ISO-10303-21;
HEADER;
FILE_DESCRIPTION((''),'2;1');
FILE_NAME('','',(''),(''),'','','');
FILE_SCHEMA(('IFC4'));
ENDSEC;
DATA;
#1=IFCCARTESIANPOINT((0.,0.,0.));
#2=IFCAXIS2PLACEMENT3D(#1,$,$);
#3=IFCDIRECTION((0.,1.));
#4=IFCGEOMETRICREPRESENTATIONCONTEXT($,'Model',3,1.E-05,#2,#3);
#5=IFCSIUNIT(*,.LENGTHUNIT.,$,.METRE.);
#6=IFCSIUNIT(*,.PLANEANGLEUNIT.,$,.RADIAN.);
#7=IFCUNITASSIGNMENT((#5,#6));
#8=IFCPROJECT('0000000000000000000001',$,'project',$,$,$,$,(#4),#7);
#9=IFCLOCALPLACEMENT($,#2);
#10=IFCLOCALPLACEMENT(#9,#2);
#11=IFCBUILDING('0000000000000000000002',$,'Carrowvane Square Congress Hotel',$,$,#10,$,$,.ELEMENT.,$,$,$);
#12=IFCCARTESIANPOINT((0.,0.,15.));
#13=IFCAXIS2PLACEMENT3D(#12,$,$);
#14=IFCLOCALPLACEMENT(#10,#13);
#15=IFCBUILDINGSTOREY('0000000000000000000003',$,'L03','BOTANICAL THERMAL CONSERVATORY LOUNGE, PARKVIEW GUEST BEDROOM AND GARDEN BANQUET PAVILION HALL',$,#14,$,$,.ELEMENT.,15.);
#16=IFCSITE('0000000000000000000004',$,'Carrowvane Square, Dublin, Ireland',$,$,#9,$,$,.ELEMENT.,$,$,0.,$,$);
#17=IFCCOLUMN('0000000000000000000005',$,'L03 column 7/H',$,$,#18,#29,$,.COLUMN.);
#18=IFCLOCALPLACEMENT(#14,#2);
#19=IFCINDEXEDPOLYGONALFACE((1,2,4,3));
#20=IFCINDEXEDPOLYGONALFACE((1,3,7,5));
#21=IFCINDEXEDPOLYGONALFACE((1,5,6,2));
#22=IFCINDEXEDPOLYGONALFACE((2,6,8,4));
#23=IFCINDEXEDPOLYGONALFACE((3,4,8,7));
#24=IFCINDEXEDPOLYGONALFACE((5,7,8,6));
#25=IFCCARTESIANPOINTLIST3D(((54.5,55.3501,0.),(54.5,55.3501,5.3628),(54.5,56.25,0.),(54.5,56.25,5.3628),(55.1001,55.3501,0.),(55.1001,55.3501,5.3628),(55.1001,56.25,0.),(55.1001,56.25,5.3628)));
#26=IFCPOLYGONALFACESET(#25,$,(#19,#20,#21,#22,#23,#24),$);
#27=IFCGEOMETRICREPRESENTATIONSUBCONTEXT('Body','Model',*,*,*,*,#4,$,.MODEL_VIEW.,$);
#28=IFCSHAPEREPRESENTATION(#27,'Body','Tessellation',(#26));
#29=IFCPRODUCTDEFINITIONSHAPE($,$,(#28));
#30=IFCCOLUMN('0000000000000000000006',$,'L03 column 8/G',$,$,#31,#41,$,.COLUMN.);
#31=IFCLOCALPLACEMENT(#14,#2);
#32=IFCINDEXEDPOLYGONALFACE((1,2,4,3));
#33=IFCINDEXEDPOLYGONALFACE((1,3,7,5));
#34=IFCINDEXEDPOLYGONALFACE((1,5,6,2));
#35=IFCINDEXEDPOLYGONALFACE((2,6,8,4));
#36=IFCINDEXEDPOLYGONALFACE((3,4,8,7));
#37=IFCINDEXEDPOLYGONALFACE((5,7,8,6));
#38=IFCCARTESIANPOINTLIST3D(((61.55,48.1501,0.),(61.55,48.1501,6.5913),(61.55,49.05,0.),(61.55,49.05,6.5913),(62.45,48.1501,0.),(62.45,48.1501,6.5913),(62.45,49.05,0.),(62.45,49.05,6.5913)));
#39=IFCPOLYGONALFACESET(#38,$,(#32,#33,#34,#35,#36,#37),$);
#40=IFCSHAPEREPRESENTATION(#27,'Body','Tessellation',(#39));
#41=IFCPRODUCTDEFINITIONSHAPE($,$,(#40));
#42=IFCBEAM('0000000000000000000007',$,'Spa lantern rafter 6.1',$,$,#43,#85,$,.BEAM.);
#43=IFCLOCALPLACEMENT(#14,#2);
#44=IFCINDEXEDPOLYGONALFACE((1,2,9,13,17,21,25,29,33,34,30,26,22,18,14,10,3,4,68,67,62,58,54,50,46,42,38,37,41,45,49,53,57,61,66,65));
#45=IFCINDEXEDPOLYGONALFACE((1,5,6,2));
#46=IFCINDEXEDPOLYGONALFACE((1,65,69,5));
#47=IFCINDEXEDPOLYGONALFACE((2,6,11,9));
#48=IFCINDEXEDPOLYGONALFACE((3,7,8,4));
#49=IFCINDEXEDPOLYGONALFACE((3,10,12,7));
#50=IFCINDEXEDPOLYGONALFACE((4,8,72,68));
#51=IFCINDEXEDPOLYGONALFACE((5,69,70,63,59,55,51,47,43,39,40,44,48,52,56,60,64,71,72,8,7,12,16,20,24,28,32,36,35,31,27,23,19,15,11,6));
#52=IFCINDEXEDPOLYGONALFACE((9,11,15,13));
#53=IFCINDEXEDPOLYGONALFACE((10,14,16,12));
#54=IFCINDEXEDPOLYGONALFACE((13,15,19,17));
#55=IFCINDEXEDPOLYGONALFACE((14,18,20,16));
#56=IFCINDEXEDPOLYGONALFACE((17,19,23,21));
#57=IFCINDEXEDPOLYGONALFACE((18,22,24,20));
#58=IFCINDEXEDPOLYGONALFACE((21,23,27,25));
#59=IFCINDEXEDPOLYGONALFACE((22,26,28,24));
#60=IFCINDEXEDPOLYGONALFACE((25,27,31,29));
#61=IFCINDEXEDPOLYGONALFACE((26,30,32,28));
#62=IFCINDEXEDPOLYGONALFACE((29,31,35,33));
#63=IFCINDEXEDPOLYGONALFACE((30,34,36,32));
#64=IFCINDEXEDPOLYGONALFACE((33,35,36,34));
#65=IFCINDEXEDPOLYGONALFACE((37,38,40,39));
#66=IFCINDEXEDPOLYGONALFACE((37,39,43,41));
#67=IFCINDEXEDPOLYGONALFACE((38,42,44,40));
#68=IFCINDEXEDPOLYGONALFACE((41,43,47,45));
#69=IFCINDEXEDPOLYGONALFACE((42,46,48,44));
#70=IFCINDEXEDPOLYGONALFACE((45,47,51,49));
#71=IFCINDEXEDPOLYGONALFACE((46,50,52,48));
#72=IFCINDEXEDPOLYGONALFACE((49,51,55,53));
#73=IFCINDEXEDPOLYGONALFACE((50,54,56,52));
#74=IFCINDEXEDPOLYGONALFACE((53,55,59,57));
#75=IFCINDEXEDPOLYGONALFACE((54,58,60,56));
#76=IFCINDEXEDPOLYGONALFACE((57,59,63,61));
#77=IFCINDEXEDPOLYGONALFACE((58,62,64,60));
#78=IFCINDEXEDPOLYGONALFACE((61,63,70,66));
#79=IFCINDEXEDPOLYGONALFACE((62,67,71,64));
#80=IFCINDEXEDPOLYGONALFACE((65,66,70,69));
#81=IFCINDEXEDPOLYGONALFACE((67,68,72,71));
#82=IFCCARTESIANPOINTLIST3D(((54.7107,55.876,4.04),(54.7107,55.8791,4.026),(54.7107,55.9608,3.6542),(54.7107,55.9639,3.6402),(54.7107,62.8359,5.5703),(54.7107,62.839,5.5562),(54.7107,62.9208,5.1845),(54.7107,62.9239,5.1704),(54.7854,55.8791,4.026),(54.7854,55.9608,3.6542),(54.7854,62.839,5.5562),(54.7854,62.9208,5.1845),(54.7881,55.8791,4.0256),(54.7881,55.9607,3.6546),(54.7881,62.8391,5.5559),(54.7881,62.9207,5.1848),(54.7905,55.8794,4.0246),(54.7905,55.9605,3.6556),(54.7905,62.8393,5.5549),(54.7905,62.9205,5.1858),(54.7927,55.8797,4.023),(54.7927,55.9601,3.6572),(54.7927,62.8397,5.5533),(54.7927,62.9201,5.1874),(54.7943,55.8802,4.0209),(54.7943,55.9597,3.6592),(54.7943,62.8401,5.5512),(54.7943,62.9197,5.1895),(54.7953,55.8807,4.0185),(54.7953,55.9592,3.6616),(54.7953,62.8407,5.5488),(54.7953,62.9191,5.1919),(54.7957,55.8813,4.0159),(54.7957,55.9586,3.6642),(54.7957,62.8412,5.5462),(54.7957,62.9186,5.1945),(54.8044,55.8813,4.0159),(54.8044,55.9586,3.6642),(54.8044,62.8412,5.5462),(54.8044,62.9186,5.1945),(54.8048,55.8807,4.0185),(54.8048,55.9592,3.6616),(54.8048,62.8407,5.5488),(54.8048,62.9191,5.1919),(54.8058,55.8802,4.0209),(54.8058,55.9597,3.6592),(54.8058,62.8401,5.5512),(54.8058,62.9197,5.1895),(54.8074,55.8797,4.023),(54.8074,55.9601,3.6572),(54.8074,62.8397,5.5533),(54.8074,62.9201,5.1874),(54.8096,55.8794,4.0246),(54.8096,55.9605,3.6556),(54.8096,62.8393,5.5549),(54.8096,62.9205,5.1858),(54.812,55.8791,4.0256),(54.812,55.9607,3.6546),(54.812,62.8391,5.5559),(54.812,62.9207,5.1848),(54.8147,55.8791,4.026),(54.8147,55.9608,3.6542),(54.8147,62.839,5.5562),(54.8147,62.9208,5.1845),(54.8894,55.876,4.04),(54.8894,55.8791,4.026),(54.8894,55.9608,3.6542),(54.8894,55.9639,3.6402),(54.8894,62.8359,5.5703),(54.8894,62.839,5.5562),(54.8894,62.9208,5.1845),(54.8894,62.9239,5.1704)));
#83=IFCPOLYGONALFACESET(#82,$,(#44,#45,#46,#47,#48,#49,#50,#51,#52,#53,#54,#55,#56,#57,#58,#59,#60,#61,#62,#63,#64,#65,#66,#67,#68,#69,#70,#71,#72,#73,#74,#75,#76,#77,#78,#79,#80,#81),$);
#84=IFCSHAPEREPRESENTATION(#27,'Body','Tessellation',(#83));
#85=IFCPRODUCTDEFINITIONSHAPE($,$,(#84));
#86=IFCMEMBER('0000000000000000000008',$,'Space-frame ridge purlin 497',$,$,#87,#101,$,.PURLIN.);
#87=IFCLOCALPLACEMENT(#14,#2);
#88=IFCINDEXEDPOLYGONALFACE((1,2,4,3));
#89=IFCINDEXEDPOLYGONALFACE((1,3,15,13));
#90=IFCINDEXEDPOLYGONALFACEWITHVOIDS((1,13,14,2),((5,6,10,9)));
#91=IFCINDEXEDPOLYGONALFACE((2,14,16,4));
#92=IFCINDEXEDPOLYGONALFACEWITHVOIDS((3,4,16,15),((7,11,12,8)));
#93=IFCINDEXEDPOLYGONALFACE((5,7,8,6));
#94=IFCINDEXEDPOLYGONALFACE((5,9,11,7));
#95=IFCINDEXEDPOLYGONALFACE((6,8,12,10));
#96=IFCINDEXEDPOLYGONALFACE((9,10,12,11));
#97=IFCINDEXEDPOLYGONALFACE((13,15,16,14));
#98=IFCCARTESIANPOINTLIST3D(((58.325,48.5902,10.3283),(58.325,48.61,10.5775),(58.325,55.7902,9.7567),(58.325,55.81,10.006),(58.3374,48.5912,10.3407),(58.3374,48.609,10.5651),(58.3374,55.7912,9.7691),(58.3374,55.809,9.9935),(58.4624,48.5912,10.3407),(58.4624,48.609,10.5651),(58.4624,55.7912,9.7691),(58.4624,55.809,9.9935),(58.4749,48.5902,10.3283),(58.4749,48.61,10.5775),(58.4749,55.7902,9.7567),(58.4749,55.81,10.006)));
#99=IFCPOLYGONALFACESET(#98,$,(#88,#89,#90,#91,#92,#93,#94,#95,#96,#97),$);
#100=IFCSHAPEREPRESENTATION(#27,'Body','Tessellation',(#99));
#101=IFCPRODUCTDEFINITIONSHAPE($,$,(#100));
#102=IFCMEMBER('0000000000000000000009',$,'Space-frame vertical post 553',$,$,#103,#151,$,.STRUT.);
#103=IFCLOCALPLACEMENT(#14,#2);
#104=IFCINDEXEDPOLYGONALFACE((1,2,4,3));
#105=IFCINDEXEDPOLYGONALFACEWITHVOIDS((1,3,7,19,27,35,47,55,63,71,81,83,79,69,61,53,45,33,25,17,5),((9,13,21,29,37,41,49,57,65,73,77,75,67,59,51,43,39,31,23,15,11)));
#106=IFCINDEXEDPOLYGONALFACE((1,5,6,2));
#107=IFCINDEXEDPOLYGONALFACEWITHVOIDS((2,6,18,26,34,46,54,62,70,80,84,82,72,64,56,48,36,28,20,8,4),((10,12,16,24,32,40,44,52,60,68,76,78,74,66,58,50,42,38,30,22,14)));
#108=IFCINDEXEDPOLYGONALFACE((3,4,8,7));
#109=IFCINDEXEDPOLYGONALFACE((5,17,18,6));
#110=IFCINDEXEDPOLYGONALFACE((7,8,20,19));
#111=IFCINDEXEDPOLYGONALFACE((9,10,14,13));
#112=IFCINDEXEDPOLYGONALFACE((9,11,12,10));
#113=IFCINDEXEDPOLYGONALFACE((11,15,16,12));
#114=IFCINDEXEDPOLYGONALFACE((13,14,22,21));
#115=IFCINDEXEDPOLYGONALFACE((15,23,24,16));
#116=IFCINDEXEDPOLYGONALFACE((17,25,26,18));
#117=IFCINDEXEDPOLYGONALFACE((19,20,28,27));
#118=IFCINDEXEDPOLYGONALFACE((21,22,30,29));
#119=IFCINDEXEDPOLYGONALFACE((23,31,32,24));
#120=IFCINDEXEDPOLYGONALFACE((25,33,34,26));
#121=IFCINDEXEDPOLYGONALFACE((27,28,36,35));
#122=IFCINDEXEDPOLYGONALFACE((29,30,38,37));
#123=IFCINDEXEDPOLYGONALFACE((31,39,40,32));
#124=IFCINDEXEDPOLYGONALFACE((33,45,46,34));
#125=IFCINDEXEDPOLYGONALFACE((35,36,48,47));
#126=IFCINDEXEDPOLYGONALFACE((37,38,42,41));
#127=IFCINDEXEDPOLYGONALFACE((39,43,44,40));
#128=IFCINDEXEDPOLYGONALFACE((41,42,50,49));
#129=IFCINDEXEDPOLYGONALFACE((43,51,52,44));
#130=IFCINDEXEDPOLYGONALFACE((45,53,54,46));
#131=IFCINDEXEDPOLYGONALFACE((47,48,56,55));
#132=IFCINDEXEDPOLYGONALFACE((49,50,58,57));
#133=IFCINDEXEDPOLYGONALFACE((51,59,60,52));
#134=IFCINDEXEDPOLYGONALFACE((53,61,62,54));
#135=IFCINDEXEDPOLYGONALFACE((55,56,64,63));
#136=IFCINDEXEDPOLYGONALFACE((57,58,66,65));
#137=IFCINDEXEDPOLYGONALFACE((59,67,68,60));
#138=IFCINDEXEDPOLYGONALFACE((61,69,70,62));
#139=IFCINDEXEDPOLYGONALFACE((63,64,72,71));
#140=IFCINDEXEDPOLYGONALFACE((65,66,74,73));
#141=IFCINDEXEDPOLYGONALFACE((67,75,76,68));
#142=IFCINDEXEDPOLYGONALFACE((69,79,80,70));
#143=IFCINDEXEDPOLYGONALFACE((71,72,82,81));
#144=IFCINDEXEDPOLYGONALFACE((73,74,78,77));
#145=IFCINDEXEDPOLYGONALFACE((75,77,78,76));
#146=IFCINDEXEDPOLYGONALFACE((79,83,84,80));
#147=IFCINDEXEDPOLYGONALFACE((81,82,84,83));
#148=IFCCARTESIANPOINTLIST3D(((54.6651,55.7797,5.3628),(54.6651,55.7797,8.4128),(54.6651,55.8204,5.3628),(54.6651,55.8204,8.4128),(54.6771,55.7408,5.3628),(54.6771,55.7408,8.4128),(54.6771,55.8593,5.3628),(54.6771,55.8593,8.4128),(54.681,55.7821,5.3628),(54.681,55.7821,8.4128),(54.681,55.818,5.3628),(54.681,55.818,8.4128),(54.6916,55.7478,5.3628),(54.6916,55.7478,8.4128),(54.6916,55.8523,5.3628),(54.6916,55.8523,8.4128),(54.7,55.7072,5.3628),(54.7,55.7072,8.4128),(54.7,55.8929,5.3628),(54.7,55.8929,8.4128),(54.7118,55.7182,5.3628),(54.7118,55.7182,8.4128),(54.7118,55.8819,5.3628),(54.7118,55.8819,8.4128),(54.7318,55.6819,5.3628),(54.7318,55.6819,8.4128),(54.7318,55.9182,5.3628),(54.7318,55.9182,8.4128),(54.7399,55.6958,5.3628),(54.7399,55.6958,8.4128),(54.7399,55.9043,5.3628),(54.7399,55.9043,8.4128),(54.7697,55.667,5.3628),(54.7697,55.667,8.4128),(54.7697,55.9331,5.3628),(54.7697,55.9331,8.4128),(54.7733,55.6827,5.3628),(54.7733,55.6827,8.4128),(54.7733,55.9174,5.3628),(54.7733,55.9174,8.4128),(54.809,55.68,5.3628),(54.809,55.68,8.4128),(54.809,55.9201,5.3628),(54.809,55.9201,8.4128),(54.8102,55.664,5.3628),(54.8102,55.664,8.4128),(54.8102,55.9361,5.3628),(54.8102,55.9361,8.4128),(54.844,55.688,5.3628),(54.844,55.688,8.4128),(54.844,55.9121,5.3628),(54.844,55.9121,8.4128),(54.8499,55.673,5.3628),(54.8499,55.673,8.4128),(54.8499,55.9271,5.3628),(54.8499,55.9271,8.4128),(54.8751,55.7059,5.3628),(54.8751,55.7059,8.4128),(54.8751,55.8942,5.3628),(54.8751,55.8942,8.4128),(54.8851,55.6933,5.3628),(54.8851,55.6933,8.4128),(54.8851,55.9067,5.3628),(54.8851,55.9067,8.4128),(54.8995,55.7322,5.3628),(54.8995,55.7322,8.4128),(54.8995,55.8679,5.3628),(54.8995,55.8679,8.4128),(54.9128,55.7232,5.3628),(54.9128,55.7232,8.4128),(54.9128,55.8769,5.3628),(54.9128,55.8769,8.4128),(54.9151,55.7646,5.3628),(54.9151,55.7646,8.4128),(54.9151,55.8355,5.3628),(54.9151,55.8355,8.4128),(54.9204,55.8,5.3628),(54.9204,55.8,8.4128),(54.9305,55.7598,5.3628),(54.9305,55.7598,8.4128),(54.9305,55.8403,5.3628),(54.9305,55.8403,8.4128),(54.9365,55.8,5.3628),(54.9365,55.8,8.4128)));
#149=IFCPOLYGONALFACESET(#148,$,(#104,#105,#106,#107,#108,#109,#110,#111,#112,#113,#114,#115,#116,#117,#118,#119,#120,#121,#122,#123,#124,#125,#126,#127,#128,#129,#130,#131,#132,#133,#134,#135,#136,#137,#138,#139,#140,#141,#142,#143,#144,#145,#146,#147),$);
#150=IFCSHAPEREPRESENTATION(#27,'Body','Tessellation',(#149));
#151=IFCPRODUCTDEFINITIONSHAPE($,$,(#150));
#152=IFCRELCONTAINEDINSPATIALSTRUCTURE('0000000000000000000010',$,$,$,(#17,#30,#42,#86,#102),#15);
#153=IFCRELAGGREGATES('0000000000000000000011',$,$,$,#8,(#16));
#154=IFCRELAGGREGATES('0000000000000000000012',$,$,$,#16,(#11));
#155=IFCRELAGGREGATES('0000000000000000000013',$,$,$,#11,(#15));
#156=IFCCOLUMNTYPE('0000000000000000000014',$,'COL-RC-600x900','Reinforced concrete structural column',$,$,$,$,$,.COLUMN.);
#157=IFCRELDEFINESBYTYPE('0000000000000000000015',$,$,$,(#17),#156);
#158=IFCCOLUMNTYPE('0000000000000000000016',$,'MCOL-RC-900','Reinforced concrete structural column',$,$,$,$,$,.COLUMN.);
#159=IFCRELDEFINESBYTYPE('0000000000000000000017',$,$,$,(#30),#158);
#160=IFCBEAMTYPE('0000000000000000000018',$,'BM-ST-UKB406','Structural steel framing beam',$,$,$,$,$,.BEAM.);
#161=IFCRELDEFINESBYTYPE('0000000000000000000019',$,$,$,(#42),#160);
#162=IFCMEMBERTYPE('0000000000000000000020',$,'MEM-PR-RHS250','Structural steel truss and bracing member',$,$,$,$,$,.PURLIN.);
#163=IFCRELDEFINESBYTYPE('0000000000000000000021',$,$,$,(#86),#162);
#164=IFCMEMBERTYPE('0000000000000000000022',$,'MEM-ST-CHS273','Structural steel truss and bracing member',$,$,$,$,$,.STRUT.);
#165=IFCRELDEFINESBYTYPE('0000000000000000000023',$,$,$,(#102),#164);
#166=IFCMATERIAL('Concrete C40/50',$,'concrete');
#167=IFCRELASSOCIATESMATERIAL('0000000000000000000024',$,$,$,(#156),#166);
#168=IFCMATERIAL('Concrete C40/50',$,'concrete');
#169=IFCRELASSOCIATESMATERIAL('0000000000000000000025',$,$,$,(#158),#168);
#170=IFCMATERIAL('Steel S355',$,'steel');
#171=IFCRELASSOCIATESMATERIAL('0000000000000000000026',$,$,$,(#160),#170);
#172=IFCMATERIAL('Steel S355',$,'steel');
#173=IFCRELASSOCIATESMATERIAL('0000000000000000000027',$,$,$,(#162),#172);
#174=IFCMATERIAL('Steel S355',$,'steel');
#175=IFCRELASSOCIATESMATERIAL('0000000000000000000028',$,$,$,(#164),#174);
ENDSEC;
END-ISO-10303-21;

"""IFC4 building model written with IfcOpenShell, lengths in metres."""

from ifc_helpers import new_model, si_unit, direction, frame, origin, origin_2d, place, context, subcontext, project, spatial, rectangle, hollow_rectangle, hollow_circle, i_section, extrude, material, material_profile, profile_set, type_object, element, save


model = new_model("IFC4")

# Units and contexts
model_context = context("Model", 3, precision=1e-05, world=origin(), true_north=direction((0.0, 1.0)))
body_context = subcontext(model_context, "Body", "Model", "MODEL_VIEW")
ifc_project = project(units=[si_unit("LENGTHUNIT", "METRE"), si_unit("PLANEANGLEUNIT", "RADIAN")], contexts=[model_context])

# Site, building, storey
site_placement = place(None, origin())
site = spatial("IfcSite", under=ifc_project, at=site_placement, Name="Carrowvane Square, Dublin, Ireland", CompositionType="ELEMENT", RefElevation=0.0)
building_placement = place(site_placement, origin())
building = spatial("IfcBuilding", under=site, at=building_placement, Name="Carrowvane Square Congress Hotel", CompositionType="ELEMENT")
storey_placement = place(building_placement, frame((0.0, 0.0, 15.0)))
storey = spatial("IfcBuildingStorey", under=building, at=storey_placement, Name="L03", Description="BOTANICAL THERMAL CONSERVATORY LOUNGE, PARKVIEW GUEST BEDROOM AND GARDEN BANQUET PAVILION HALL", CompositionType="ELEMENT", Elevation=15.0)

# Columns
ifc_material_1 = material(Name="Concrete C40/50", Category="concrete")
ifc_material_profile_1 = material_profile(ifc_material_1, rectangle(XDim=0.6001, YDim=0.8999, at=origin_2d()), Name="RC 600x900")
ifc_profile_set_1 = profile_set([ifc_material_profile_1], Name="Concrete C40/50")
column_type_1 = type_object("IfcColumnType", Name="COL-RC-600x900", Description="Reinforced concrete structural column", PredefinedType="COLUMN", material=ifc_profile_set_1)
column_1_placement = place(storey_placement, frame((54.8, 55.8, 0.0), z_axis=(0.0, 0.0, 1.0), x_axis=(1.0, 0.0, 0.0)))
element("IfcColumn", 1, at=column_1_placement, inside=storey, type_object=column_type_1, Name="L03 column 7/H", PredefinedType="COLUMN", context=body_context, shape_type="SweptSolid", body=[
    extrude(rectangle(XDim=0.6001, YDim=0.8999, at=origin_2d()), origin(), (0.0, 0.0, 1.0), 5.3628),
])
ifc_material_2 = material(Name="Concrete C40/50", Category="concrete")
ifc_material_profile_2 = material_profile(ifc_material_2, rectangle(XDim=0.8999, YDim=0.8999, at=origin_2d()), Name="RC 900x900")
ifc_profile_set_2 = profile_set([ifc_material_profile_2], Name="Concrete C40/50")
column_type_2 = type_object("IfcColumnType", Name="MCOL-RC-900", Description="Reinforced concrete structural column", PredefinedType="COLUMN", material=ifc_profile_set_2)
column_2_placement = place(storey_placement, frame((62.0, 48.6001, 0.0), z_axis=(0.0, 0.0, 1.0), x_axis=(1.0, 0.0, 0.0)))
element("IfcColumn", 2, at=column_2_placement, inside=storey, type_object=column_type_2, Name="L03 column 8/G", PredefinedType="COLUMN", context=body_context, shape_type="SweptSolid", body=[
    extrude(rectangle(XDim=0.8999, YDim=0.8999, at=origin_2d()), origin(), (0.0, 0.0, 1.0), 6.5913),
])

# Beam
ifc_material_3 = material(Name="Steel S355", Category="steel")
ifc_material_profile_3 = material_profile(ifc_material_3, i_section(OverallWidth=0.1787, OverallDepth=0.4094, WebThickness=0.0088, FlangeThickness=0.0144, FilletRadius=0.0103, at=origin_2d()), Name="UKB 406x178x67")
ifc_profile_set_3 = profile_set([ifc_material_profile_3], Name="Steel S355")
beam_type = type_object("IfcBeamType", Name="BM-ST-UKB406", Description="Structural steel framing beam", PredefinedType="BEAM", material=ifc_profile_set_3)
beam_placement = place(storey_placement, frame((54.8, 55.9199, 3.8401), z_axis=(0.0, 0.976671, 0.214739), x_axis=(-1.0, 0.0, 0.0)))
element("IfcBeam", 3, at=beam_placement, inside=storey, type_object=beam_type, Name="Spa lantern rafter 6.1", PredefinedType="BEAM", context=body_context, shape_type="SweptSolid", body=[
    extrude(i_section(OverallWidth=0.1787, OverallDepth=0.4094, WebThickness=0.0088, FlangeThickness=0.0144, FilletRadius=0.0103, at=origin_2d()), origin(), (0.0, 0.0, 1.0), 7.1262),
])

# Members
ifc_material_4 = material(Name="Steel S355", Category="steel")
ifc_material_profile_4 = material_profile(ifc_material_4, hollow_rectangle(XDim=0.1499, YDim=0.25, WallThickness=0.0125, at=origin_2d()), Name="RHS 250x150x12.5")
ifc_profile_set_4 = profile_set([ifc_material_profile_4], Name="Steel S355")
member_type_1 = type_object("IfcMemberType", Name="MEM-PR-RHS250", Description="Structural steel truss and bracing member", PredefinedType="PURLIN", material=ifc_profile_set_4)
member_1_placement = place(storey_placement, frame((58.3999, 48.6001, 10.4529), z_axis=(0.0, 0.996864, -0.079131), x_axis=(-1.0, 0.0, 0.0)))
element("IfcMember", 4, at=member_1_placement, inside=storey, type_object=member_type_1, Name="Space-frame ridge purlin 497", PredefinedType="PURLIN", context=body_context, shape_type="SweptSolid", body=[
    extrude(hollow_rectangle(XDim=0.1499, YDim=0.25, WallThickness=0.0125, at=origin_2d()), origin(), (0.0, 0.0, 1.0), 7.2227),
])
ifc_material_5 = material(Name="Steel S355", Category="steel")
ifc_material_profile_5 = material_profile(ifc_material_5, hollow_circle(Radius=0.1365, WallThickness=0.0161, at=origin_2d()), Name="CHS 273.0x16")
ifc_profile_set_5 = profile_set([ifc_material_profile_5], Name="Steel S355")
member_type_2 = type_object("IfcMemberType", Name="MEM-ST-CHS273", Description="Structural steel truss and bracing member", PredefinedType="STRUT", material=ifc_profile_set_5)
member_2_placement = place(storey_placement, frame((54.8, 55.8, 5.3628), z_axis=(0.0, 0.0, 1.0), x_axis=(1.0, 0.0, 0.0)))
element("IfcMember", 5, at=member_2_placement, inside=storey, type_object=member_type_2, Name="Space-frame vertical post 553", PredefinedType="STRUT", context=body_context, shape_type="SweptSolid", body=[
    extrude(hollow_circle(Radius=0.1365, WallThickness=0.0161, at=origin_2d()), origin(), (0.0, 0.0, 1.0), 3.05),
])

save(model, "model.ifc")
